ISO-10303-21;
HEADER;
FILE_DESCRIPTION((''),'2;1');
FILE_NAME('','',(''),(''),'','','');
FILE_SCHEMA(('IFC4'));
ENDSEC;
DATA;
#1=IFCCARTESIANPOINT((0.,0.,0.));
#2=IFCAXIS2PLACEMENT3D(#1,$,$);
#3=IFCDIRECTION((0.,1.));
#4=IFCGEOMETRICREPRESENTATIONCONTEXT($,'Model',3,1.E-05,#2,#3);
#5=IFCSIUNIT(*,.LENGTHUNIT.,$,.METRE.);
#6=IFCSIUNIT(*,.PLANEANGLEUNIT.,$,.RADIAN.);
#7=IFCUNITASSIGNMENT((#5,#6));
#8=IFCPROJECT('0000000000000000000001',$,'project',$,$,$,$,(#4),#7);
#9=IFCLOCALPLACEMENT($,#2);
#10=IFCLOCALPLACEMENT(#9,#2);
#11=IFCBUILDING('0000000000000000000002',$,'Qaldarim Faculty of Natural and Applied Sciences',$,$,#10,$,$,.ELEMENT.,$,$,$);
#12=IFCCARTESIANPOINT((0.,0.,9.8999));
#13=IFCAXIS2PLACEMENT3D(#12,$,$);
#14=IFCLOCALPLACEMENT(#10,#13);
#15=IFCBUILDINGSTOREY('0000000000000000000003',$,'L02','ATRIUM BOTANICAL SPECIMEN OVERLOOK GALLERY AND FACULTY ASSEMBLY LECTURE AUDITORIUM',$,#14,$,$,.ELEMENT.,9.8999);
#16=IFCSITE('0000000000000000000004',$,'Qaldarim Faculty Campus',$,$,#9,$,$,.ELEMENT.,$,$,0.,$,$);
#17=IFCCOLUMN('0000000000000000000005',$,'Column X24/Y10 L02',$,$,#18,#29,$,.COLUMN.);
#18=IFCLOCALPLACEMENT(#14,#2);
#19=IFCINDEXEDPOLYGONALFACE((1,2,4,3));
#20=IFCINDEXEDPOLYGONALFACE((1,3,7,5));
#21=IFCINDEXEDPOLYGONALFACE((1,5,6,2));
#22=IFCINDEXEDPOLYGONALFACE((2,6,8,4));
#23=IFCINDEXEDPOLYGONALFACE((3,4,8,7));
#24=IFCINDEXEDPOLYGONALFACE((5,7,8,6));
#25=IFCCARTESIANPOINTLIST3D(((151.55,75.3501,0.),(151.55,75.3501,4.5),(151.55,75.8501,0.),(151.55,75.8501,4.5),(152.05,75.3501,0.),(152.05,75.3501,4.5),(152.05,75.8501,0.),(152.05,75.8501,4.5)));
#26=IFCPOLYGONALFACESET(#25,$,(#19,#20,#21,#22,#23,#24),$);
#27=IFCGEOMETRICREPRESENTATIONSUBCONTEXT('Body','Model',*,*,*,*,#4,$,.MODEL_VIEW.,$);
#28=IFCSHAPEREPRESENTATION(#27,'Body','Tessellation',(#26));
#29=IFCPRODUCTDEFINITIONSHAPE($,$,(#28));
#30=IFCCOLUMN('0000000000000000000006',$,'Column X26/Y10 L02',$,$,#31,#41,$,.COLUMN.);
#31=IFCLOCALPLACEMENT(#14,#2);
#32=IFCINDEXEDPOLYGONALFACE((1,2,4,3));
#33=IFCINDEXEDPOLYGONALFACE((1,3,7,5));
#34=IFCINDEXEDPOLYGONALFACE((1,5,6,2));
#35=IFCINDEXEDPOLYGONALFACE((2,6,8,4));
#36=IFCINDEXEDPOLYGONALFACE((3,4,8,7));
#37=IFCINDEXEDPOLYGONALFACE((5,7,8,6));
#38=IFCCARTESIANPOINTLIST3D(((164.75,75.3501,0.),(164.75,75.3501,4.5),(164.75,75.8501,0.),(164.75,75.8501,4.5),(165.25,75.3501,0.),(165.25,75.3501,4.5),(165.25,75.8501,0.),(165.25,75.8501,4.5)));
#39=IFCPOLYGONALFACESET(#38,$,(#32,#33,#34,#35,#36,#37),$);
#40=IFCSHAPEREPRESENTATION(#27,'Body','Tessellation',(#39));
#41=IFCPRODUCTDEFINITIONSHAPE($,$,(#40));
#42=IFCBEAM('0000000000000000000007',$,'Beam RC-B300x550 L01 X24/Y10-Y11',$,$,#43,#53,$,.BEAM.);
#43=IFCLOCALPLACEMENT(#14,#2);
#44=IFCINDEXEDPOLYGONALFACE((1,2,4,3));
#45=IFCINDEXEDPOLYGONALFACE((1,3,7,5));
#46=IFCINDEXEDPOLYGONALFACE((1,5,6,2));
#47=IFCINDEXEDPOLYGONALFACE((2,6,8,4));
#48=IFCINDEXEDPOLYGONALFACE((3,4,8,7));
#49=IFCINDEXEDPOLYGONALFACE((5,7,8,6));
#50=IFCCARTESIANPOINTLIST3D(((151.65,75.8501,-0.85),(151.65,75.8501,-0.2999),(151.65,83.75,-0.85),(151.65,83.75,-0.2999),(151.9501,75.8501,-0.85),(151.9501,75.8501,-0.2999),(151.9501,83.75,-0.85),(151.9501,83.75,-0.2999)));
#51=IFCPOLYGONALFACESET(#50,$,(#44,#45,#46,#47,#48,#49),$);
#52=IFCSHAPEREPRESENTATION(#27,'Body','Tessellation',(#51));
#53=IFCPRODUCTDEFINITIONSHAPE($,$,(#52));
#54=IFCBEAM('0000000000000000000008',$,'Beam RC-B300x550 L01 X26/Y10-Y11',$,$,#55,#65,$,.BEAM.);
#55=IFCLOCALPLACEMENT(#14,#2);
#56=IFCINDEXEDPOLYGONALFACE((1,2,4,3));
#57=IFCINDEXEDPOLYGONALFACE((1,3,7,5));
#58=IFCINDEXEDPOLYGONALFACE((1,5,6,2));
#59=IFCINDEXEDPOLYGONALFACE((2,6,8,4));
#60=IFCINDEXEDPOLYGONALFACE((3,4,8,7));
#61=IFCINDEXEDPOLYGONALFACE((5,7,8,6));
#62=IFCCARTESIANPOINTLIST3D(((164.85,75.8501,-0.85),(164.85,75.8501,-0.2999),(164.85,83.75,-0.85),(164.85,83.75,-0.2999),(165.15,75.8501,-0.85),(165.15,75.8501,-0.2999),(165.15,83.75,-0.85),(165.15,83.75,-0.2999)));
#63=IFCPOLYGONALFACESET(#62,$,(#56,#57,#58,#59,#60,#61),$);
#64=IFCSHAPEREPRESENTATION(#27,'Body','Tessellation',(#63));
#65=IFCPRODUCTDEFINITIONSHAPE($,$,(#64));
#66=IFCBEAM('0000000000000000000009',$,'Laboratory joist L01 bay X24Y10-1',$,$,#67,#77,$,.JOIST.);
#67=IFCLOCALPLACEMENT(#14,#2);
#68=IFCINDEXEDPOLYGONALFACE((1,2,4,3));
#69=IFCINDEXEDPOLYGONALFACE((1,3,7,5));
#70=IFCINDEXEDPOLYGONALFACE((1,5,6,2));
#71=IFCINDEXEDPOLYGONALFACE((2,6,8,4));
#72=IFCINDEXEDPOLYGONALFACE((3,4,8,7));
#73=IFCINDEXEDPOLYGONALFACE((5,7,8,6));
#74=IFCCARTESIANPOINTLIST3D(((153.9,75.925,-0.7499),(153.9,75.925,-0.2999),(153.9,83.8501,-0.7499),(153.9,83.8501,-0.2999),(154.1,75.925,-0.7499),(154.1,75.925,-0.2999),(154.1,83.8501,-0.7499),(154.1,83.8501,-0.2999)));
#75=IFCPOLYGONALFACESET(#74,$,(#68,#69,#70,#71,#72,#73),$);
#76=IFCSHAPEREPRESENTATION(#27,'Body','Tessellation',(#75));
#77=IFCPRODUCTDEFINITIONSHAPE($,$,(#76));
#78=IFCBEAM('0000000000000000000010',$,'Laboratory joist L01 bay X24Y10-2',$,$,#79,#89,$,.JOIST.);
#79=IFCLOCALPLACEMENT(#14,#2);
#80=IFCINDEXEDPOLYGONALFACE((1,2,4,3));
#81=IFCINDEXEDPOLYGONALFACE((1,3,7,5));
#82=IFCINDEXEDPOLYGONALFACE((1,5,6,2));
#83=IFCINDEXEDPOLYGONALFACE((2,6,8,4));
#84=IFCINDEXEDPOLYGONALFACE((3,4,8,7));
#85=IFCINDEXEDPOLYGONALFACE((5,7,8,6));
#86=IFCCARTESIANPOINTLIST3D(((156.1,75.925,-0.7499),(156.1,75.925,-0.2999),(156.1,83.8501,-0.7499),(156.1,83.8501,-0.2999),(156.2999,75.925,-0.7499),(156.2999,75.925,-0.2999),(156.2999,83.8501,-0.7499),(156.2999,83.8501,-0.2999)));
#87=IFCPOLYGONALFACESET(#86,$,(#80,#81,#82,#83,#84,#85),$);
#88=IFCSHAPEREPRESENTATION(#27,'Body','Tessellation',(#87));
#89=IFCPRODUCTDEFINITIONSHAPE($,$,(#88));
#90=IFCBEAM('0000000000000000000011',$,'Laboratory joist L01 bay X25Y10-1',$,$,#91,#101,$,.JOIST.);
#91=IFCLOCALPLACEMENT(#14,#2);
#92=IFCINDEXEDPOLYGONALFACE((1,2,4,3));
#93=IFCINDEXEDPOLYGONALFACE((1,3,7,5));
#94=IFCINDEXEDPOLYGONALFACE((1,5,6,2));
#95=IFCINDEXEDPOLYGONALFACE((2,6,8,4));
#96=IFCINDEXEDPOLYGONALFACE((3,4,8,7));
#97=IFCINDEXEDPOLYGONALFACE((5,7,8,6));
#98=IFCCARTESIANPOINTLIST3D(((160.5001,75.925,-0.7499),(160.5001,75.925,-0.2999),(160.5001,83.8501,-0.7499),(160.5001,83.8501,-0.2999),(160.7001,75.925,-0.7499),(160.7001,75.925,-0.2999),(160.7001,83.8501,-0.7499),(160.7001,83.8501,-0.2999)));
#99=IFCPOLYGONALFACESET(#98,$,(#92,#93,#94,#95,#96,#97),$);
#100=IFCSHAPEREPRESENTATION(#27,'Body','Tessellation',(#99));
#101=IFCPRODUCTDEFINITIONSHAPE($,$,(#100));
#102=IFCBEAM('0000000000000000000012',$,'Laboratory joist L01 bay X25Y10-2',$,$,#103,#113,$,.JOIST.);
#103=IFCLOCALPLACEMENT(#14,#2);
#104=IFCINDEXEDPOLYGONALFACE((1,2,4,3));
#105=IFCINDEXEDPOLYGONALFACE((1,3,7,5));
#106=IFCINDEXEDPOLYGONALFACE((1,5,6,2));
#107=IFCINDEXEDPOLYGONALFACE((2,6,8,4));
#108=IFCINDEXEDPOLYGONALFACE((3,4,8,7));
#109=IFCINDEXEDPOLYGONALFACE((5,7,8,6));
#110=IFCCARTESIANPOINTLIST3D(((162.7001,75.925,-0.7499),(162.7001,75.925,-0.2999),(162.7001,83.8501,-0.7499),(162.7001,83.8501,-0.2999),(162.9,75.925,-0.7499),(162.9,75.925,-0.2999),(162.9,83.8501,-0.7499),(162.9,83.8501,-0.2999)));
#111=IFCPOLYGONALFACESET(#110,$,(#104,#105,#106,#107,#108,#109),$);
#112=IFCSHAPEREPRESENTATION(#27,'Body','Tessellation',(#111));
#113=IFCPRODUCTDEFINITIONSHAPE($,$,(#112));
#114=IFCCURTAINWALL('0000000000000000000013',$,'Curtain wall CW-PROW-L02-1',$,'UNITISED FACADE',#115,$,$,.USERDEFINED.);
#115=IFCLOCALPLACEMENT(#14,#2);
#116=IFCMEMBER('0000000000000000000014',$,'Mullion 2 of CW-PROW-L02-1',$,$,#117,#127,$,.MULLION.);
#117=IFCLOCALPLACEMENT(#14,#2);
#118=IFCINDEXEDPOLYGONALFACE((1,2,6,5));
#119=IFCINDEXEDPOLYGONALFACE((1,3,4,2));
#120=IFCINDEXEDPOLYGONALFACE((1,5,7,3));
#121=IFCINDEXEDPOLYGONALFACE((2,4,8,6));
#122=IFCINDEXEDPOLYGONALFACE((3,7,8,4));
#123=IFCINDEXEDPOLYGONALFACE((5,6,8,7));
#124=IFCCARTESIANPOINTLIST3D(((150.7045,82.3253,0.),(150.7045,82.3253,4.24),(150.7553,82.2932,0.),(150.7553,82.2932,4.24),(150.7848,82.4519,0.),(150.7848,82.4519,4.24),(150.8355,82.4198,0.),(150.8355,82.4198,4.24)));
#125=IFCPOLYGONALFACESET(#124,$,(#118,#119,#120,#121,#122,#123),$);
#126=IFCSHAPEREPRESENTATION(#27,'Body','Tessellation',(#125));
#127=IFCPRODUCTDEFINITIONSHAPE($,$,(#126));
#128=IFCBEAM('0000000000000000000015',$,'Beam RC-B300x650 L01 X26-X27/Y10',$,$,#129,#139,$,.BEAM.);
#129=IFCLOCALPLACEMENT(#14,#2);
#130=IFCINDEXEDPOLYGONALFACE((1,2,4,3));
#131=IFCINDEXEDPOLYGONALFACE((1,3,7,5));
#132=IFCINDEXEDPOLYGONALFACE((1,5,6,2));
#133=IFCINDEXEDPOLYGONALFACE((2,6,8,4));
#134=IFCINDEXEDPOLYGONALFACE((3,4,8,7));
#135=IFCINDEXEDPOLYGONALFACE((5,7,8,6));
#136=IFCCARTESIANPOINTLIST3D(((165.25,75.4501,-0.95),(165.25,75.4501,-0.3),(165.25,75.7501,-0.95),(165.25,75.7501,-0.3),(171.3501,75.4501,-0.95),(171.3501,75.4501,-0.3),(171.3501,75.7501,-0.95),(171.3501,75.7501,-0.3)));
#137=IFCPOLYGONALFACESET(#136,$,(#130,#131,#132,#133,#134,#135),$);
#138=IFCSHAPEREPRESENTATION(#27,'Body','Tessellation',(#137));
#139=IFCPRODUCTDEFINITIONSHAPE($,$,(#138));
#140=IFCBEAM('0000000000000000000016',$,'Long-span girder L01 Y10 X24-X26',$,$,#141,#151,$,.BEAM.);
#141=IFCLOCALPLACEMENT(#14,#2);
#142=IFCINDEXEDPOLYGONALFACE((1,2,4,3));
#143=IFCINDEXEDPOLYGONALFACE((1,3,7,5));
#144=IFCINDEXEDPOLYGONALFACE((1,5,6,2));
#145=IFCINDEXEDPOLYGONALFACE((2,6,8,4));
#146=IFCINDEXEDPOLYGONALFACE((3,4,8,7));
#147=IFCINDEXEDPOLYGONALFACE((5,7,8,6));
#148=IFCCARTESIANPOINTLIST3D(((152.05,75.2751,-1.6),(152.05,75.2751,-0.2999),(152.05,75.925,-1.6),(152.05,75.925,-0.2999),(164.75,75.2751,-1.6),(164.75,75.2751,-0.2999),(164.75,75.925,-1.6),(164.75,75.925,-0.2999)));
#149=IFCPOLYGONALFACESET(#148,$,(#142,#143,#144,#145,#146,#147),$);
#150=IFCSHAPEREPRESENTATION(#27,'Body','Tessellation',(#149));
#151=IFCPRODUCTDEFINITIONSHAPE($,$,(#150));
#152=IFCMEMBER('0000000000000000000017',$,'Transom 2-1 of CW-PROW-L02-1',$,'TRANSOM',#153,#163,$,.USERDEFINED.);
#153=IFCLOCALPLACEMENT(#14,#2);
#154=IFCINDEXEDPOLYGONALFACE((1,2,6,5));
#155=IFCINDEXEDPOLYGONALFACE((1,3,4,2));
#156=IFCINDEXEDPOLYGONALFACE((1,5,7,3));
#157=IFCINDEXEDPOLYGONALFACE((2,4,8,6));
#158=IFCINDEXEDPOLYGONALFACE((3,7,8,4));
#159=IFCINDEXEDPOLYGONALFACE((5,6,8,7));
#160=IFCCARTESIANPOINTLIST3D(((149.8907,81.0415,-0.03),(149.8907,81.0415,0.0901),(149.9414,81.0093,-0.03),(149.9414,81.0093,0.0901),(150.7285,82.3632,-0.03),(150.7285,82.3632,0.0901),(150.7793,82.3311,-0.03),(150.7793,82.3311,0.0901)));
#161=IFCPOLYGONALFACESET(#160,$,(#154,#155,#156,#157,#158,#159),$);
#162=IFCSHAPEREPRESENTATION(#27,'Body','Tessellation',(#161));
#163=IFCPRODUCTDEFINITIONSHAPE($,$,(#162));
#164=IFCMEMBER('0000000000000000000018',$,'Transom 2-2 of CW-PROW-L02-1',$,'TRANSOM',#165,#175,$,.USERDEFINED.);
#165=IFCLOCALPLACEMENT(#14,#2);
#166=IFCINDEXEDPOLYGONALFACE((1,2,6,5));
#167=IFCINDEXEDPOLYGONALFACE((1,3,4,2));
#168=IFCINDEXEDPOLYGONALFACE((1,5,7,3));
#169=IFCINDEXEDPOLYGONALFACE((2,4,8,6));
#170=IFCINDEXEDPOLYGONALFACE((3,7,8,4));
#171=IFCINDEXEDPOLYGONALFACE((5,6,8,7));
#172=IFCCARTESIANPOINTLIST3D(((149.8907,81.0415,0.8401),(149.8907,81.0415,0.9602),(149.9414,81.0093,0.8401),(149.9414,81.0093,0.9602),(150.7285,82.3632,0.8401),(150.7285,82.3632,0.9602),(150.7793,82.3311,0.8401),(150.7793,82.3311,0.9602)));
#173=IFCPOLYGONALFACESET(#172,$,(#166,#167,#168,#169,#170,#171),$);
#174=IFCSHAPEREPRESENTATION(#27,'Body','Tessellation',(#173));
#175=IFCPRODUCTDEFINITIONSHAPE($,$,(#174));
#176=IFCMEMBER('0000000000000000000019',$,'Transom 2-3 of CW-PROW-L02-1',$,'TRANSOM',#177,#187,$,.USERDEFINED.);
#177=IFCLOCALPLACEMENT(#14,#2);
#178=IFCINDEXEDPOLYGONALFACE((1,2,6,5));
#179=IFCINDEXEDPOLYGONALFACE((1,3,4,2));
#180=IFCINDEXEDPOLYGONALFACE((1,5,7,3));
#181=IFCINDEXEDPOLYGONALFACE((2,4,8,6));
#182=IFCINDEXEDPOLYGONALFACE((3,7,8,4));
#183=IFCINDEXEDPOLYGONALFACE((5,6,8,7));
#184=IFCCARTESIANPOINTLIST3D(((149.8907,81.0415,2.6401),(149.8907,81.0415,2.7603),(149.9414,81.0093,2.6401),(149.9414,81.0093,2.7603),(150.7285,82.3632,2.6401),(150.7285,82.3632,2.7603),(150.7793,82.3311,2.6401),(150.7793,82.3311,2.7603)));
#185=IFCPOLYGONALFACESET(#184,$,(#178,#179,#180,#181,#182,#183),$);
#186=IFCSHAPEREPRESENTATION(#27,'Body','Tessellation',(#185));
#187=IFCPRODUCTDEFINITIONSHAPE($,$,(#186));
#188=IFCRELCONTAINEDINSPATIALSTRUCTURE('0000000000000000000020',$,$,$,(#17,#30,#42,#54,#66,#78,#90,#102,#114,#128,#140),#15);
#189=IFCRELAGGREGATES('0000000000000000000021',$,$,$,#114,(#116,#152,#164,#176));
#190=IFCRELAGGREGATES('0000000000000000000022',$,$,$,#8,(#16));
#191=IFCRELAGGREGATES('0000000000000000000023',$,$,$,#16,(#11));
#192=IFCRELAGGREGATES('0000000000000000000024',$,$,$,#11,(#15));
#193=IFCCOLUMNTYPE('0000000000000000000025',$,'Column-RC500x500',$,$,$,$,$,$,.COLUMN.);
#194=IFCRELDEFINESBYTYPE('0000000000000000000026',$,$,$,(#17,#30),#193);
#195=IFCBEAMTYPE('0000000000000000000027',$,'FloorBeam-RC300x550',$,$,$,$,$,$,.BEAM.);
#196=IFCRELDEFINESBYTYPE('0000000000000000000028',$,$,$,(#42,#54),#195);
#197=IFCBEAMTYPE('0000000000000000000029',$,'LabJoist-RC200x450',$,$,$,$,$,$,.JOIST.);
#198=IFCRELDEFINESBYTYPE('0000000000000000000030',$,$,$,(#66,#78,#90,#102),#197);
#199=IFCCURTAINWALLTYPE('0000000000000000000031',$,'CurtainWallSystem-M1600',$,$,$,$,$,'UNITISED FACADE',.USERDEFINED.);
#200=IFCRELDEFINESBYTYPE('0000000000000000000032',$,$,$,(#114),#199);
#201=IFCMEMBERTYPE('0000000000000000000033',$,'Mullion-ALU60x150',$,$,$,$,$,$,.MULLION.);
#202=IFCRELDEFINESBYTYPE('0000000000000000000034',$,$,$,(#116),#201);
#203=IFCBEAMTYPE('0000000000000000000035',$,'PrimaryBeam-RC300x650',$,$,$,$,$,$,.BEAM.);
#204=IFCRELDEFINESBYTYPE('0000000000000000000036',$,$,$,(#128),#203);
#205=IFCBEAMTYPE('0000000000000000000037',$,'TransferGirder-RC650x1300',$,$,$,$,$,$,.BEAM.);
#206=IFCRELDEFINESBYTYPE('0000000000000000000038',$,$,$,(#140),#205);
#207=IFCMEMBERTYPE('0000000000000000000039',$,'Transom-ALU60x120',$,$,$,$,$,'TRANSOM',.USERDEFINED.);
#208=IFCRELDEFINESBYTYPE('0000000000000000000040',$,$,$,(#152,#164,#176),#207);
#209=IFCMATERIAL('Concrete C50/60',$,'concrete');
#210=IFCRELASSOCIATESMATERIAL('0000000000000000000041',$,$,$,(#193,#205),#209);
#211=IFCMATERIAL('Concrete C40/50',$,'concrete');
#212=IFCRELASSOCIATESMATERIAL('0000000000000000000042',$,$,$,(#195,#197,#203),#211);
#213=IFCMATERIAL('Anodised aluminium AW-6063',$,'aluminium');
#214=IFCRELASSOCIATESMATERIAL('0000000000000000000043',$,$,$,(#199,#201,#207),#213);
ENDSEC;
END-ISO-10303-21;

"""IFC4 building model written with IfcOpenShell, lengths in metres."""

from ifc_helpers import new_model, si_unit, direction, frame, origin, origin_2d, place, context, subcontext, project, spatial, rectangle, extrude, material, material_profile, profile_set, type_object, element, aggregate, save


model = new_model("IFC4")

# Units and contexts
model_context = context("Model", 3, precision=1e-05, world=origin(), true_north=direction((0.0, 1.0)))
body_context = subcontext(model_context, "Body", "Model", "MODEL_VIEW")
ifc_project = project(units=[si_unit("LENGTHUNIT", "METRE"), si_unit("PLANEANGLEUNIT", "RADIAN")], contexts=[model_context])

# Site, building, storey
site_placement = place(None, origin())
site = spatial("IfcSite", under=ifc_project, at=site_placement, Name="Qaldarim Faculty Campus", CompositionType="ELEMENT", RefElevation=0.0)
building_placement = place(site_placement, origin())
building = spatial("IfcBuilding", under=site, at=building_placement, Name="Qaldarim Faculty of Natural and Applied Sciences", CompositionType="ELEMENT")
storey_placement = place(building_placement, frame((0.0, 0.0, 9.8999)))
storey = spatial("IfcBuildingStorey", under=building, at=storey_placement, Name="L02", Description="ATRIUM BOTANICAL SPECIMEN OVERLOOK GALLERY AND FACULTY ASSEMBLY LECTURE AUDITORIUM", CompositionType="ELEMENT", Elevation=9.8999)

# Columns
ifc_material_1 = material(Name="Concrete C50/60", Category="concrete")
ifc_material_profile_1 = material_profile(ifc_material_1, rectangle(XDim=0.5, YDim=0.5, at=origin_2d()), Name="RC-C500x500")
ifc_profile_set_1 = profile_set([ifc_material_profile_1], Name="Concrete C50/60")
column_type = type_object("IfcColumnType", Name="Column-RC500x500", PredefinedType="COLUMN", material=ifc_profile_set_1)
for number, where, z_axis, x_axis, name in (
    (1, (151.8, 75.6001, 0.0), (0.0, 0.0, 1.0), (1.0, 0.0, 0.0), "Column X24/Y10 L02"),
    (2, (165.0, 75.6001, 0.0), (0.0, 0.0, 1.0), (1.0, 0.0, 0.0), "Column X26/Y10 L02"),
):
    element("IfcColumn", number, at=place(storey_placement, frame(where, z_axis=z_axis, x_axis=x_axis)), inside=storey, type_object=column_type, Name=name, PredefinedType="COLUMN", context=body_context, shape_type="SweptSolid", body=[
        extrude(rectangle(XDim=0.5, YDim=0.5, at=origin_2d()), origin(), (0.0, 0.0, 1.0), 4.5),
    ])

# Beams
ifc_material_2 = material(Name="Concrete C40/50", Category="concrete")
ifc_material_profile_2 = material_profile(ifc_material_2, rectangle(XDim=0.3, YDim=0.55, at=origin_2d()), Name="RC-B300x550")
ifc_profile_set_2 = profile_set([ifc_material_profile_2], Name="Concrete C40/50")
beam_type_1 = type_object("IfcBeamType", Name="FloorBeam-RC300x550", PredefinedType="BEAM", material=ifc_profile_set_2)
for number, where, z_axis, x_axis, name in (
    (3, (151.8, 75.8501, -0.575), (0.0, 1.0, 0.0), (-1.0, 0.0, 0.0), "Beam RC-B300x550 L01 X24/Y10-Y11"),
    (4, (165.0, 75.8501, -0.575), (0.0, 1.0, 0.0), (-1.0, 0.0, 0.0), "Beam RC-B300x550 L01 X26/Y10-Y11"),
):
    element("IfcBeam", number, at=place(storey_placement, frame(where, z_axis=z_axis, x_axis=x_axis)), inside=storey, type_object=beam_type_1, Name=name, PredefinedType="BEAM", context=body_context, shape_type="SweptSolid", body=[
        extrude(rectangle(XDim=0.3, YDim=0.55, at=origin_2d()), origin(), (0.0, 0.0, 1.0), 7.8999),
    ])
ifc_material_profile_3 = material_profile(ifc_material_2, rectangle(XDim=0.2, YDim=0.45, at=origin_2d()), Name="RC-J200x450")
ifc_profile_set_3 = profile_set([ifc_material_profile_3], Name="Concrete C40/50")
beam_type_2 = type_object("IfcBeamType", Name="LabJoist-RC200x450", PredefinedType="JOIST", material=ifc_profile_set_3)
for number, where, z_axis, x_axis, name in (
    (5, (154.0, 75.925, -0.5249), (0.0, 1.0, 0.0), (-1.0, 0.0, 0.0), "Laboratory joist L01 bay X24Y10-1"),
    (6, (156.2, 75.925, -0.5249), (0.0, 1.0, 0.0), (-1.0, 0.0, 0.0), "Laboratory joist L01 bay X24Y10-2"),
    (7, (160.6001, 75.925, -0.5249), (0.0, 1.0, 0.0), (-1.0, 0.0, 0.0), "Laboratory joist L01 bay X25Y10-1"),
    (8, (162.8, 75.925, -0.5249), (0.0, 1.0, 0.0), (-1.0, 0.0, 0.0), "Laboratory joist L01 bay X25Y10-2"),
):
    element("IfcBeam", number, at=place(storey_placement, frame(where, z_axis=z_axis, x_axis=x_axis)), inside=storey, type_object=beam_type_2, Name=name, PredefinedType="JOIST", context=body_context, shape_type="SweptSolid", body=[
        extrude(rectangle(XDim=0.2, YDim=0.45, at=origin_2d()), origin(), (0.0, 0.0, 1.0), 7.925),
    ])

# Curtain wall, member
ifc_material_3 = material(Name="Anodised aluminium AW-6063", Category="aluminium")
curtain_wall_type = type_object("IfcCurtainWallType", Name="CurtainWallSystem-M1600", ElementType="UNITISED FACADE", PredefinedType="USERDEFINED", material=ifc_material_3)
curtain_wall_1_placement = place(storey_placement, origin())
curtain_wall_1 = element("IfcCurtainWall", 9, at=curtain_wall_1_placement, inside=storey, type_object=curtain_wall_type, Name="Curtain wall CW-PROW-L02-1", ObjectType="UNITISED FACADE", PredefinedType="USERDEFINED")
ifc_material_profile_4 = material_profile(ifc_material_3, rectangle(XDim=0.0601, YDim=0.1499, at=origin_2d()), Name="ALU-M60x150")
ifc_profile_set_4 = profile_set([ifc_material_profile_4], Name="Anodised aluminium AW-6063")
member_type_1 = type_object("IfcMemberType", Name="Mullion-ALU60x150", PredefinedType="MULLION", material=ifc_profile_set_4)
member_1_placement = place(storey_placement, frame((150.77, 82.3726, 0.0), z_axis=(0.0, 0.0, 1.0), x_axis=(0.844608, -0.535385, 0.0)))
member_1 = element("IfcMember", 10, at=member_1_placement, type_object=member_type_1, Name="Mullion 2 of CW-PROW-L02-1", PredefinedType="MULLION", context=body_context, shape_type="SweptSolid", body=[
    extrude(rectangle(XDim=0.0601, YDim=0.1499, at=origin_2d()), origin(), (0.0, 0.0, 1.0), 4.24),
])

# Beams
ifc_material_profile_5 = material_profile(ifc_material_2, rectangle(XDim=0.3, YDim=0.6499, at=origin_2d()), Name="RC-B300x650")
ifc_profile_set_5 = profile_set([ifc_material_profile_5], Name="Concrete C40/50")
beam_type_3 = type_object("IfcBeamType", Name="PrimaryBeam-RC300x650", PredefinedType="BEAM", material=ifc_profile_set_5)
beam_1_placement = place(storey_placement, frame((165.25, 75.6001, -0.625), z_axis=(1.0, 0.0, 0.0), x_axis=(0.0, 1.0, 0.0)))
element("IfcBeam", 11, at=beam_1_placement, inside=storey, type_object=beam_type_3, Name="Beam RC-B300x650 L01 X26-X27/Y10", PredefinedType="BEAM", context=body_context, shape_type="SweptSolid", body=[
    extrude(rectangle(XDim=0.3, YDim=0.6499, at=origin_2d()), origin(), (0.0, 0.0, 1.0), 6.1001),
])
ifc_material_profile_6 = material_profile(ifc_material_1, rectangle(XDim=0.6499, YDim=1.3, at=origin_2d()), Name="RC-TG650x1300")
ifc_profile_set_6 = profile_set([ifc_material_profile_6], Name="Concrete C50/60")
beam_type_4 = type_object("IfcBeamType", Name="TransferGirder-RC650x1300", PredefinedType="BEAM", material=ifc_profile_set_6)
beam_2_placement = place(storey_placement, frame((152.05, 75.6001, -0.95), z_axis=(1.0, 0.0, 0.0), x_axis=(0.0, 1.0, 0.0)))
element("IfcBeam", 12, at=beam_2_placement, inside=storey, type_object=beam_type_4, Name="Long-span girder L01 Y10 X24-X26", PredefinedType="BEAM", context=body_context, shape_type="SweptSolid", body=[
    extrude(rectangle(XDim=0.6499, YDim=1.3, at=origin_2d()), origin(), (0.0, 0.0, 1.0), 12.7),
])

# Members
ifc_material_profile_7 = material_profile(ifc_material_3, rectangle(XDim=0.0601, YDim=0.1201, at=origin_2d()), Name="ALU-T60x120")
ifc_profile_set_7 = profile_set([ifc_material_profile_7], Name="Anodised aluminium AW-6063")
member_type_2 = type_object("IfcMemberType", Name="Transom-ALU60x120", ElementType="TRANSOM", PredefinedType="USERDEFINED", material=ifc_profile_set_7)
member_2_placement = place(storey_placement, frame((150.7539, 82.3472, 0.03), z_axis=(-0.535401, -0.844598, 0.0), x_axis=(0.844598, -0.535401, 0.0)))
member_2 = element("IfcMember", 13, at=member_2_placement, type_object=member_type_2, Name="Transom 2-1 of CW-PROW-L02-1", ObjectType="TRANSOM", PredefinedType="USERDEFINED", context=body_context, shape_type="SweptSolid", body=[
    extrude(rectangle(XDim=0.0601, YDim=0.1201, at=origin_2d()), origin(), (0.0, 0.0, 1.0), 1.5649),
])
member_3_placement = place(storey_placement, frame((150.7539, 82.3472, 0.9001), z_axis=(-0.535401, -0.844598, 0.0), x_axis=(0.844598, -0.535401, 0.0)))
member_3 = element("IfcMember", 14, at=member_3_placement, type_object=member_type_2, Name="Transom 2-2 of CW-PROW-L02-1", ObjectType="TRANSOM", PredefinedType="USERDEFINED", context=body_context, shape_type="SweptSolid", body=[
    extrude(rectangle(XDim=0.0601, YDim=0.1201, at=origin_2d()), origin(), (0.0, 0.0, 1.0), 1.5649),
])
member_4_placement = place(storey_placement, frame((150.7539, 82.3472, 2.7002), z_axis=(-0.535401, -0.844598, 0.0), x_axis=(0.844598, -0.535401, 0.0)))
member_4 = element("IfcMember", 15, at=member_4_placement, type_object=member_type_2, Name="Transom 2-3 of CW-PROW-L02-1", ObjectType="TRANSOM", PredefinedType="USERDEFINED", context=body_context, shape_type="SweptSolid", body=[
    extrude(rectangle(XDim=0.0601, YDim=0.1201, at=origin_2d()), origin(), (0.0, 0.0, 1.0), 1.5649),
])

aggregate(curtain_wall_1, [member_1, member_2, member_3, member_4])

save(model, "model.ifc")
